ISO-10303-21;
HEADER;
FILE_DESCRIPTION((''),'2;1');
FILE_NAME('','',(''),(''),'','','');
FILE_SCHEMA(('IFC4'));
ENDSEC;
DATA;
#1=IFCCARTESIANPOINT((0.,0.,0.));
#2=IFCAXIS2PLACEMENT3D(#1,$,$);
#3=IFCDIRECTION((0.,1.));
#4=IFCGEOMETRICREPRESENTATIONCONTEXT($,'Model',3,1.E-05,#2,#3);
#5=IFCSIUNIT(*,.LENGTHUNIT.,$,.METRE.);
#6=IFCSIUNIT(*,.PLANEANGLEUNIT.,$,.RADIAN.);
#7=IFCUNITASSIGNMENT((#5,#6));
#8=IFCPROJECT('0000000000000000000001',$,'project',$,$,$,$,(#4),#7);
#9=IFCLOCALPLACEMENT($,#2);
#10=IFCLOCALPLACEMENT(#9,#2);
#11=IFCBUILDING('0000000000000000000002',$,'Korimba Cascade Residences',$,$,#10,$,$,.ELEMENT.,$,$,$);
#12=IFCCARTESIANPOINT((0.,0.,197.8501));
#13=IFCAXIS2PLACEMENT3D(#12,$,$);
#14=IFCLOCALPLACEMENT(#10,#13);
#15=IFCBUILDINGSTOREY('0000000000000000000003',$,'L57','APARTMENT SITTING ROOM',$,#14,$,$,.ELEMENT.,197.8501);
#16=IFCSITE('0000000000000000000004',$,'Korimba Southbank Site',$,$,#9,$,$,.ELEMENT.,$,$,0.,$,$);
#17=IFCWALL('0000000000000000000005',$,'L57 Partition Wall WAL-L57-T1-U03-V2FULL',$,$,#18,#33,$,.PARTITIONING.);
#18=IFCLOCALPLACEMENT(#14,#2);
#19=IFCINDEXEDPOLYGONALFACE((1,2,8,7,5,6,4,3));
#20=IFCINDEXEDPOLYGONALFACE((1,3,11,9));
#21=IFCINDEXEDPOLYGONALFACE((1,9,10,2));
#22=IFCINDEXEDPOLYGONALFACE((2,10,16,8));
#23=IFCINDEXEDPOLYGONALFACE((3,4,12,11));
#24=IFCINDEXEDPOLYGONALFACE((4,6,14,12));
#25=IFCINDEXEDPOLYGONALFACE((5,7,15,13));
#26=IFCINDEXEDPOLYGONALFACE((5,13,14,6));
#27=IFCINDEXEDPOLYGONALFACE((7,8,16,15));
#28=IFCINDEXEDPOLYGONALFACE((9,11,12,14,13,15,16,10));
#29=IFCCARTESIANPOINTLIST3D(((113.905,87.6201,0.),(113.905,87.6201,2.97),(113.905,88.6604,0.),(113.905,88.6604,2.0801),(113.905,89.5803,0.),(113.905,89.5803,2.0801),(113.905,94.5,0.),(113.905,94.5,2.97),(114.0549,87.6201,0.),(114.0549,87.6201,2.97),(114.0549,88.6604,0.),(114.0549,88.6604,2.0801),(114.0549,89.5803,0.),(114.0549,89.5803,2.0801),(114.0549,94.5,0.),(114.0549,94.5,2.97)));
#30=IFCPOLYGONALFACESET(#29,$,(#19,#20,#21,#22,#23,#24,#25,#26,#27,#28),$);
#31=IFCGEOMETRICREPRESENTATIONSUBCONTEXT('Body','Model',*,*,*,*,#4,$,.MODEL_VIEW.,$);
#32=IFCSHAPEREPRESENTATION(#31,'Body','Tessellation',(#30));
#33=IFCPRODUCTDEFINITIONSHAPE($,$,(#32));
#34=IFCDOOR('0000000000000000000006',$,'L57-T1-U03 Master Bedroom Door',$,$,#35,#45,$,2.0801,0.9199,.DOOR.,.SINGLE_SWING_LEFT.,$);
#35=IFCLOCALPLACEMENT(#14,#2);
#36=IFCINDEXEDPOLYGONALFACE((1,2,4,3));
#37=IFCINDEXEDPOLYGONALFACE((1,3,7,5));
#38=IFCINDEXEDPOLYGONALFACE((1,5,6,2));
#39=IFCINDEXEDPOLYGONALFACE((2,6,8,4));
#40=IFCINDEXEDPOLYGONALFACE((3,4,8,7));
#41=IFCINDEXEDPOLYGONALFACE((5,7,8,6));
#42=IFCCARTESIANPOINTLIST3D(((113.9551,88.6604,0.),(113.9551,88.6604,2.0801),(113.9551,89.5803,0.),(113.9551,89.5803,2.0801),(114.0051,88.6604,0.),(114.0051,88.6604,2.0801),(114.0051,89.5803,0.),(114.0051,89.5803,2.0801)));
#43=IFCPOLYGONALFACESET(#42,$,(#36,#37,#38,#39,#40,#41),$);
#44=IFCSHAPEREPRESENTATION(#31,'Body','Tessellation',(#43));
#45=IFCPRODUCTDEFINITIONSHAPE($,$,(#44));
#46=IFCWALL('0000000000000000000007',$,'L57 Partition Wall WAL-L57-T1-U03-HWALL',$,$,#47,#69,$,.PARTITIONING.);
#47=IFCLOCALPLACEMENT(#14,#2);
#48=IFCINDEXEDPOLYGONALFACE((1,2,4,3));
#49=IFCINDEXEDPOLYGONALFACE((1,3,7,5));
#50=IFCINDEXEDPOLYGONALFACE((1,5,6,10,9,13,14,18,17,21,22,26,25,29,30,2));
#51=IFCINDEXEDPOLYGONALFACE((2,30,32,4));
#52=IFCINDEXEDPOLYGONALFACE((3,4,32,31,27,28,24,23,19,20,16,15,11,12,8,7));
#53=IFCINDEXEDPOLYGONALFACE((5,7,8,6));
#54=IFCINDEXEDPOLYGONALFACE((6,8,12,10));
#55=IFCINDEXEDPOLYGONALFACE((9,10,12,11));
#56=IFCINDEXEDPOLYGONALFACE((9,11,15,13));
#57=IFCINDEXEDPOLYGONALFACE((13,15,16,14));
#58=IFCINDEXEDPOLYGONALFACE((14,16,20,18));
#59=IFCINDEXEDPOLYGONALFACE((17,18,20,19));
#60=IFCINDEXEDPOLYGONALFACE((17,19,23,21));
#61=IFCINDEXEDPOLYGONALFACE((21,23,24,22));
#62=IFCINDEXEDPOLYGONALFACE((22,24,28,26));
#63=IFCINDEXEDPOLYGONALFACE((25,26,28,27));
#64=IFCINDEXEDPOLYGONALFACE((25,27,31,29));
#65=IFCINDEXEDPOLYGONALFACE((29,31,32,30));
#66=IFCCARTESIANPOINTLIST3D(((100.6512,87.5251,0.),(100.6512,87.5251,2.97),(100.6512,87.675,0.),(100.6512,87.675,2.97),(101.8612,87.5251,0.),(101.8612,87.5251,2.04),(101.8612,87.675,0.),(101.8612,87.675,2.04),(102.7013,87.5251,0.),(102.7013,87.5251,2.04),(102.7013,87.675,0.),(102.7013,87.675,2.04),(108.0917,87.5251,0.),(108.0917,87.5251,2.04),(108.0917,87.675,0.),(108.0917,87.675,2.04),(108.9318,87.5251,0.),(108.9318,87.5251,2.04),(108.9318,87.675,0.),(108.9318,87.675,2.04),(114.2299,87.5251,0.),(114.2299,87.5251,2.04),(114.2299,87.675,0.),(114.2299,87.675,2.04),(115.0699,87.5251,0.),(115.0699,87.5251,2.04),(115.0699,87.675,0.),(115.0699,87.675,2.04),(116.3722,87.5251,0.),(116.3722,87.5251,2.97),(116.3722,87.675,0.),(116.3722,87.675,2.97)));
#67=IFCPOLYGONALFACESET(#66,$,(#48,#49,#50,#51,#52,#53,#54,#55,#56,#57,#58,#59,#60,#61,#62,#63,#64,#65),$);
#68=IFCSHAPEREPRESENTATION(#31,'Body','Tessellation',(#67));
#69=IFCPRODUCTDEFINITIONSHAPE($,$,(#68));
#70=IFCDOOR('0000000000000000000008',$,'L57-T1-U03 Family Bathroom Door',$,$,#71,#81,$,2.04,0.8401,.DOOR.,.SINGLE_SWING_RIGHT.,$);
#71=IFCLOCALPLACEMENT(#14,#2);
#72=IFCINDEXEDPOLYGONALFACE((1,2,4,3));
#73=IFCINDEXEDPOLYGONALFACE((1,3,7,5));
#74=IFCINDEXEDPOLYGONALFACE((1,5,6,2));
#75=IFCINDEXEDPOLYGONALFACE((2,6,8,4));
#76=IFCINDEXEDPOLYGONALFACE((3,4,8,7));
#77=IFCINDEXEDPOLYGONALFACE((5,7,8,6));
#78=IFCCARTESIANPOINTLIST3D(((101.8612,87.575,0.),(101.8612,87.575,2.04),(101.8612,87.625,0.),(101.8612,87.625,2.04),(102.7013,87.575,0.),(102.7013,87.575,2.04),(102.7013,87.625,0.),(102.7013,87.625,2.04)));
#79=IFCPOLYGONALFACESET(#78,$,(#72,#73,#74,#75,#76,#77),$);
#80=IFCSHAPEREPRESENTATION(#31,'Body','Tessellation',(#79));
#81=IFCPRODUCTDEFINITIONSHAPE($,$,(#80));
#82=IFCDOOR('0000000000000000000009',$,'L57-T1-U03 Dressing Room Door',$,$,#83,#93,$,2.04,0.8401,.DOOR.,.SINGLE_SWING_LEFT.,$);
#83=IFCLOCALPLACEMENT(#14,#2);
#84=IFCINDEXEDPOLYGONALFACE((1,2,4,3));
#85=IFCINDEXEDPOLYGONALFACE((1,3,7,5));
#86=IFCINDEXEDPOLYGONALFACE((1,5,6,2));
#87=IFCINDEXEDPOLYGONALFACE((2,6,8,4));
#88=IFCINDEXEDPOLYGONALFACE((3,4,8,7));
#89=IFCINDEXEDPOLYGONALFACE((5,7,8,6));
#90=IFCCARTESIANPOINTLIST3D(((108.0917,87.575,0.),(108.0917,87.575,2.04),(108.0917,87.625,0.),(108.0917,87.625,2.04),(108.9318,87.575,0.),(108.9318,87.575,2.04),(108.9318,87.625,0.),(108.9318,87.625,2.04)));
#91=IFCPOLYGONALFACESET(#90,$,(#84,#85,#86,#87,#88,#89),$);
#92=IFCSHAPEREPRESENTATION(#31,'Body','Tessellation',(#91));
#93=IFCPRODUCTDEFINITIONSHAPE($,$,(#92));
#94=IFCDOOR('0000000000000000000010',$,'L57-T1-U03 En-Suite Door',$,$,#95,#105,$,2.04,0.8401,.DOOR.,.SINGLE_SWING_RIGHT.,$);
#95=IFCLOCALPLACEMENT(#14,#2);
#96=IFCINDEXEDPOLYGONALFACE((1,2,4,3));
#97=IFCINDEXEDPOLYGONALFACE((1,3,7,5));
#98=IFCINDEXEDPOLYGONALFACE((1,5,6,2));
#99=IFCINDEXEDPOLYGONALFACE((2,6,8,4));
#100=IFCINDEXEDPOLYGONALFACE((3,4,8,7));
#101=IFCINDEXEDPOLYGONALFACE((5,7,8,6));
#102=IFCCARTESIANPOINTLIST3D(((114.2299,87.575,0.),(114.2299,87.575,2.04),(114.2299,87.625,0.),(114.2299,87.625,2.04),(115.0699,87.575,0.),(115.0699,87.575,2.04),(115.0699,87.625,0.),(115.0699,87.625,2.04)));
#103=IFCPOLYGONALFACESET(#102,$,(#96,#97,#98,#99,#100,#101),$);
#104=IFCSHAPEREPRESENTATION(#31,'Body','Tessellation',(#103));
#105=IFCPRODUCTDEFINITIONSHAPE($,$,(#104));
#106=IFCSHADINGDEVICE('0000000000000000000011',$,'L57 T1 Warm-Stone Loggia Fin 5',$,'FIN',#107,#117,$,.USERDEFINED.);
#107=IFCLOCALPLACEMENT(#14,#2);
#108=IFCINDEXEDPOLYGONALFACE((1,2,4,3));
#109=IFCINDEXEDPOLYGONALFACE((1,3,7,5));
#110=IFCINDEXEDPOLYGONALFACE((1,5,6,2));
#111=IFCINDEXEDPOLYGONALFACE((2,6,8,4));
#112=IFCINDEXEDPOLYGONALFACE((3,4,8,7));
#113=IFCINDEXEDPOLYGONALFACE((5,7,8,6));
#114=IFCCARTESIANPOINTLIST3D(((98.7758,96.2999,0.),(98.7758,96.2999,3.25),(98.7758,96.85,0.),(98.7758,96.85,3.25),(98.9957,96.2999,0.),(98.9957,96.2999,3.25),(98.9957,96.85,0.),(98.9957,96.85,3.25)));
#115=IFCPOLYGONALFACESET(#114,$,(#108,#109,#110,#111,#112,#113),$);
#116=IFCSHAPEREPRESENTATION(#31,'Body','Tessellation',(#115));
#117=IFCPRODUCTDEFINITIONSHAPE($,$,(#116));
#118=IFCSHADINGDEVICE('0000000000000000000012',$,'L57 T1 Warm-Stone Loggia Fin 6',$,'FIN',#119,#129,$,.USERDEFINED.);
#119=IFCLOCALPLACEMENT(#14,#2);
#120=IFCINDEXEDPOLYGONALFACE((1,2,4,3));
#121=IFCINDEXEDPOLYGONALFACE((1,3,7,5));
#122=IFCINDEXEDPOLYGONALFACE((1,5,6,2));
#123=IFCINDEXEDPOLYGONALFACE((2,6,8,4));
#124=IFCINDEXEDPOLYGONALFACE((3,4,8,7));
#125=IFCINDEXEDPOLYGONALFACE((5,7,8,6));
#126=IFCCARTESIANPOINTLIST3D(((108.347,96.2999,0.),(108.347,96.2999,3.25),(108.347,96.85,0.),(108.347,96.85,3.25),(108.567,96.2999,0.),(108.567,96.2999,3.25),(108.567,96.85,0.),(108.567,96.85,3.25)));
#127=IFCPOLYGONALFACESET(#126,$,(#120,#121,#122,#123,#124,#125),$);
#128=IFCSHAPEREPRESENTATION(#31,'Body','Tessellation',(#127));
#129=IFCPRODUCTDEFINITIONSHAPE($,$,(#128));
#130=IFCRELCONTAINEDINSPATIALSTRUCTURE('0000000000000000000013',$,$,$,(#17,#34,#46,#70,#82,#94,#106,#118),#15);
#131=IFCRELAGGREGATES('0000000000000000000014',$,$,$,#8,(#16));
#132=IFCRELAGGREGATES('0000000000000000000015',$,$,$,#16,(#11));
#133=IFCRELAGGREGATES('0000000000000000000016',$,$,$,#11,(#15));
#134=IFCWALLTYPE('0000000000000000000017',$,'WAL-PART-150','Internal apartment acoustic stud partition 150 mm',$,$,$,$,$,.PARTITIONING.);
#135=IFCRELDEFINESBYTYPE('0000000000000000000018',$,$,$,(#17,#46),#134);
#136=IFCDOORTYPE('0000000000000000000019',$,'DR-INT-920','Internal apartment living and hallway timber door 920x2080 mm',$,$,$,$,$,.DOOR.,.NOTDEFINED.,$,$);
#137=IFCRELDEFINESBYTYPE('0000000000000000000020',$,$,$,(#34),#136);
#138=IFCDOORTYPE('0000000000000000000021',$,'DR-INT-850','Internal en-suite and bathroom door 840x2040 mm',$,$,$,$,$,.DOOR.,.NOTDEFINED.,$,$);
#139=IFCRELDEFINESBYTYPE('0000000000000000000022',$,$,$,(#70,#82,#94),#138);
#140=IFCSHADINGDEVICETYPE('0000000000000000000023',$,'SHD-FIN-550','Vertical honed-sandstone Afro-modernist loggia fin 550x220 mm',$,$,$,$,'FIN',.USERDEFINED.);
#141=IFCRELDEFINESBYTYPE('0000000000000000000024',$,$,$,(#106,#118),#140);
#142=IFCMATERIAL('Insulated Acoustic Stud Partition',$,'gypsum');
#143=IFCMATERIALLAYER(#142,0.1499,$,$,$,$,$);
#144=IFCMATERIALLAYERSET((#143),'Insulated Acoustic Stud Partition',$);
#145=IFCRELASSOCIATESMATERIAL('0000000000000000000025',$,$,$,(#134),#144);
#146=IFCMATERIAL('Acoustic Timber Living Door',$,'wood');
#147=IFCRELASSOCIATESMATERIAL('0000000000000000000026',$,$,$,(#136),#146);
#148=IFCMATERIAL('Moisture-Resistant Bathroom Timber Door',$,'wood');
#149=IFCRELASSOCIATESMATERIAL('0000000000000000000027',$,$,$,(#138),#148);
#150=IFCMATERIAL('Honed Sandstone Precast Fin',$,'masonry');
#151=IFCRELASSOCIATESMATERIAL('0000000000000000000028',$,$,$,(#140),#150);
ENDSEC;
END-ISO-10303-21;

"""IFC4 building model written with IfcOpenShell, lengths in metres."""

from ifc_helpers import new_model, si_unit, direction, frame, frame_2d, origin, origin_2d, place, context, subcontext, project, spatial, rectangle, extrude, material, layer, layer_set, type_object, element, fill, save


model = new_model("IFC4")

# Units and contexts
model_context = context("Model", 3, precision=1e-05, world=origin(), true_north=direction((0.0, 1.0)))
body_context = subcontext(model_context, "Body", "Model", "MODEL_VIEW")
ifc_project = project(units=[si_unit("LENGTHUNIT", "METRE"), si_unit("PLANEANGLEUNIT", "RADIAN")], contexts=[model_context])

# Site, building, storey
site_placement = place(None, origin())
site = spatial("IfcSite", under=ifc_project, at=site_placement, Name="Korimba Southbank Site", CompositionType="ELEMENT", RefElevation=0.0)
building_placement = place(site_placement, origin())
building = spatial("IfcBuilding", under=site, at=building_placement, Name="Korimba Cascade Residences", CompositionType="ELEMENT")
storey_placement = place(building_placement, frame((0.0, 0.0, 197.8501)))
storey = spatial("IfcBuildingStorey", under=building, at=storey_placement, Name="L57", Description="APARTMENT SITTING ROOM", CompositionType="ELEMENT", Elevation=197.8501)

# Shared definitions
ifc_material_1 = material(Name="Insulated Acoustic Stud Partition", Category="gypsum")
ifc_layer = layer(ifc_material_1, 0.1499)
ifc_layer_set = layer_set([ifc_layer], Name="Insulated Acoustic Stud Partition")
wall_type = type_object("IfcWallType", Name="WAL-PART-150", Description="Internal apartment acoustic stud partition 150 mm", PredefinedType="PARTITIONING", material=ifc_layer_set)

# Wall, opening, door
wall_1_placement = place(storey_placement, frame((113.98, 87.6201, 0.0), z_axis=(0.0, 0.0, 1.0), x_axis=(0.0, 1.0, 0.0)))
wall_1 = element("IfcWall", 1, at=wall_1_placement, inside=storey, type_object=wall_type, Name="L57 Partition Wall WAL-L57-T1-U03-V2FULL", PredefinedType="PARTITIONING", context=body_context, shape_type="SweptSolid", body=[
    extrude(rectangle(XDim=6.8799, YDim=0.1499, at=frame_2d((3.4399, 0.0))), origin(), (0.0, 0.0, 1.0), 2.97),
])
opening_1_placement = place(wall_1_placement, frame((1.0403, 0.0, 0.0)))
opening_1 = element("IfcOpeningElement", 2, at=opening_1_placement, cuts=wall_1, PredefinedType="OPENING", context=body_context, shape_type="SweptSolid", body=[
    extrude(rectangle(XDim=0.9199, YDim=2.0801, at=frame_2d((0.46, 1.04))), frame((0.0, 0.085, 0.0), z_axis=(0.0, -1.0, 0.0), x_axis=(1.0, 0.0, 0.0)), (0.0, 0.0, 1.0), 0.1699),
])
ifc_material_2 = material(Name="Acoustic Timber Living Door", Category="wood")
door_type_1 = type_object("IfcDoorType", Name="DR-INT-920", Description="Internal apartment living and hallway timber door 920x2080 mm", OperationType="NOTDEFINED", PredefinedType="DOOR", material=ifc_material_2)
door_1_placement = place(opening_1_placement, origin())
door_1 = element("IfcDoor", 3, at=door_1_placement, inside=storey, type_object=door_type_1, Name="L57-T1-U03 Master Bedroom Door", OperationType="SINGLE_SWING_LEFT", OverallHeight=2.0801, OverallWidth=0.9199, PredefinedType="DOOR", context=body_context, shape_type="SweptSolid", body=[
    extrude(rectangle(XDim=0.9199, YDim=2.0801, at=frame_2d((0.46, 1.04))), frame((0.0, 0.0249, 0.0), z_axis=(0.0, -1.0, 0.0), x_axis=(1.0, 0.0, 0.0)), (0.0, 0.0, 1.0), 0.05),
])
fill(opening_1, door_1)

# Wall, openings, doors
wall_2_placement = place(storey_placement, frame((100.6514, 87.6001, 0.0), z_axis=(0.0, 0.0, 1.0), x_axis=(1.0, 0.0, 0.0)))
wall_2 = element("IfcWall", 4, at=wall_2_placement, inside=storey, type_object=wall_type, Name="L57 Partition Wall WAL-L57-T1-U03-HWALL", PredefinedType="PARTITIONING", context=body_context, shape_type="SweptSolid", body=[
    extrude(rectangle(XDim=15.7209, YDim=0.1499, at=frame_2d((7.8604, 0.0))), origin(), (0.0, 0.0, 1.0), 2.97),
])
opening_2_placement = place(wall_2_placement, frame((1.21, 0.0, 0.0)))
opening_2 = element("IfcOpeningElement", 5, at=opening_2_placement, cuts=wall_2, PredefinedType="OPENING", context=body_context, shape_type="SweptSolid", body=[
    extrude(rectangle(XDim=0.8401, YDim=2.04, at=frame_2d((0.4199, 1.02))), frame((0.0, 0.085, 0.0), z_axis=(0.0, -1.0, 0.0), x_axis=(1.0, 0.0, 0.0)), (0.0, 0.0, 1.0), 0.1699),
])
opening_3_placement = place(wall_2_placement, frame((7.4404, 0.0, 0.0)))
opening_3 = element("IfcOpeningElement", 6, at=opening_3_placement, cuts=wall_2, PredefinedType="OPENING", context=body_context, shape_type="SweptSolid", body=[
    extrude(rectangle(XDim=0.8401, YDim=2.04, at=frame_2d((0.4199, 1.02))), frame((0.0, 0.085, 0.0), z_axis=(0.0, -1.0, 0.0), x_axis=(1.0, 0.0, 0.0)), (0.0, 0.0, 1.0), 0.1699),
])
opening_4_placement = place(wall_2_placement, frame((13.5786, 0.0, 0.0)))
opening_4 = element("IfcOpeningElement", 7, at=opening_4_placement, cuts=wall_2, PredefinedType="OPENING", context=body_context, shape_type="SweptSolid", body=[
    extrude(rectangle(XDim=0.8401, YDim=2.04, at=frame_2d((0.4199, 1.02))), frame((0.0, 0.085, 0.0), z_axis=(0.0, -1.0, 0.0), x_axis=(1.0, 0.0, 0.0)), (0.0, 0.0, 1.0), 0.1699),
])
ifc_material_3 = material(Name="Moisture-Resistant Bathroom Timber Door", Category="wood")
door_type_2 = type_object("IfcDoorType", Name="DR-INT-850", Description="Internal en-suite and bathroom door 840x2040 mm", OperationType="NOTDEFINED", PredefinedType="DOOR", material=ifc_material_3)
door_2_placement = place(opening_2_placement, origin())
door_2 = element("IfcDoor", 8, at=door_2_placement, inside=storey, type_object=door_type_2, Name="L57-T1-U03 Family Bathroom Door", OperationType="SINGLE_SWING_RIGHT", OverallHeight=2.04, OverallWidth=0.8401, PredefinedType="DOOR", context=body_context, shape_type="SweptSolid", body=[
    extrude(rectangle(XDim=0.8401, YDim=2.04, at=frame_2d((0.4199, 1.02))), frame((0.0, 0.0249, 0.0), z_axis=(0.0, -1.0, 0.0), x_axis=(1.0, 0.0, 0.0)), (0.0, 0.0, 1.0), 0.05),
])
fill(opening_2, door_2)
door_3_placement = place(opening_3_placement, origin())
door_3 = element("IfcDoor", 9, at=door_3_placement, inside=storey, type_object=door_type_2, Name="L57-T1-U03 Dressing Room Door", OperationType="SINGLE_SWING_LEFT", OverallHeight=2.04, OverallWidth=0.8401, PredefinedType="DOOR", context=body_context, shape_type="SweptSolid", body=[
    extrude(rectangle(XDim=0.8401, YDim=2.04, at=frame_2d((0.4199, 1.02))), frame((0.0, 0.0249, 0.0), z_axis=(0.0, -1.0, 0.0), x_axis=(1.0, 0.0, 0.0)), (0.0, 0.0, 1.0), 0.05),
])
fill(opening_3, door_3)
door_4_placement = place(opening_4_placement, origin())
door_4 = element("IfcDoor", 10, at=door_4_placement, inside=storey, type_object=door_type_2, Name="L57-T1-U03 En-Suite Door", OperationType="SINGLE_SWING_RIGHT", OverallHeight=2.04, OverallWidth=0.8401, PredefinedType="DOOR", context=body_context, shape_type="SweptSolid", body=[
    extrude(rectangle(XDim=0.8401, YDim=2.04, at=frame_2d((0.4199, 1.02))), frame((0.0, 0.0249, 0.0), z_axis=(0.0, -1.0, 0.0), x_axis=(1.0, 0.0, 0.0)), (0.0, 0.0, 1.0), 0.05),
])
fill(opening_4, door_4)

# Shading devices
ifc_material_4 = material(Name="Honed Sandstone Precast Fin", Category="masonry")
shading_device_type = type_object("IfcShadingDeviceType", Name="SHD-FIN-550", Description="Vertical honed-sandstone Afro-modernist loggia fin 550x220 mm", ElementType="FIN", PredefinedType="USERDEFINED", material=ifc_material_4)
for number, where, z_axis, x_axis, name in (
    (11, (98.8857, 96.575, 0.0), (0.0, 0.0, 1.0), (1.0, 0.0, 0.0), "L57 T1 Warm-Stone Loggia Fin 5"),
    (12, (108.457, 96.575, 0.0), (0.0, 0.0, 1.0), (1.0, 0.0, 0.0), "L57 T1 Warm-Stone Loggia Fin 6"),
):
    element("IfcShadingDevice", number, at=place(storey_placement, frame(where, z_axis=z_axis, x_axis=x_axis)), inside=storey, type_object=shading_device_type, Name=name, ObjectType="FIN", PredefinedType="USERDEFINED", context=body_context, shape_type="SweptSolid", body=[
        extrude(rectangle(XDim=0.22, YDim=0.55, at=origin_2d()), origin(), (0.0, 0.0, 1.0), 3.25),
    ])

save(model, "model.ifc")
